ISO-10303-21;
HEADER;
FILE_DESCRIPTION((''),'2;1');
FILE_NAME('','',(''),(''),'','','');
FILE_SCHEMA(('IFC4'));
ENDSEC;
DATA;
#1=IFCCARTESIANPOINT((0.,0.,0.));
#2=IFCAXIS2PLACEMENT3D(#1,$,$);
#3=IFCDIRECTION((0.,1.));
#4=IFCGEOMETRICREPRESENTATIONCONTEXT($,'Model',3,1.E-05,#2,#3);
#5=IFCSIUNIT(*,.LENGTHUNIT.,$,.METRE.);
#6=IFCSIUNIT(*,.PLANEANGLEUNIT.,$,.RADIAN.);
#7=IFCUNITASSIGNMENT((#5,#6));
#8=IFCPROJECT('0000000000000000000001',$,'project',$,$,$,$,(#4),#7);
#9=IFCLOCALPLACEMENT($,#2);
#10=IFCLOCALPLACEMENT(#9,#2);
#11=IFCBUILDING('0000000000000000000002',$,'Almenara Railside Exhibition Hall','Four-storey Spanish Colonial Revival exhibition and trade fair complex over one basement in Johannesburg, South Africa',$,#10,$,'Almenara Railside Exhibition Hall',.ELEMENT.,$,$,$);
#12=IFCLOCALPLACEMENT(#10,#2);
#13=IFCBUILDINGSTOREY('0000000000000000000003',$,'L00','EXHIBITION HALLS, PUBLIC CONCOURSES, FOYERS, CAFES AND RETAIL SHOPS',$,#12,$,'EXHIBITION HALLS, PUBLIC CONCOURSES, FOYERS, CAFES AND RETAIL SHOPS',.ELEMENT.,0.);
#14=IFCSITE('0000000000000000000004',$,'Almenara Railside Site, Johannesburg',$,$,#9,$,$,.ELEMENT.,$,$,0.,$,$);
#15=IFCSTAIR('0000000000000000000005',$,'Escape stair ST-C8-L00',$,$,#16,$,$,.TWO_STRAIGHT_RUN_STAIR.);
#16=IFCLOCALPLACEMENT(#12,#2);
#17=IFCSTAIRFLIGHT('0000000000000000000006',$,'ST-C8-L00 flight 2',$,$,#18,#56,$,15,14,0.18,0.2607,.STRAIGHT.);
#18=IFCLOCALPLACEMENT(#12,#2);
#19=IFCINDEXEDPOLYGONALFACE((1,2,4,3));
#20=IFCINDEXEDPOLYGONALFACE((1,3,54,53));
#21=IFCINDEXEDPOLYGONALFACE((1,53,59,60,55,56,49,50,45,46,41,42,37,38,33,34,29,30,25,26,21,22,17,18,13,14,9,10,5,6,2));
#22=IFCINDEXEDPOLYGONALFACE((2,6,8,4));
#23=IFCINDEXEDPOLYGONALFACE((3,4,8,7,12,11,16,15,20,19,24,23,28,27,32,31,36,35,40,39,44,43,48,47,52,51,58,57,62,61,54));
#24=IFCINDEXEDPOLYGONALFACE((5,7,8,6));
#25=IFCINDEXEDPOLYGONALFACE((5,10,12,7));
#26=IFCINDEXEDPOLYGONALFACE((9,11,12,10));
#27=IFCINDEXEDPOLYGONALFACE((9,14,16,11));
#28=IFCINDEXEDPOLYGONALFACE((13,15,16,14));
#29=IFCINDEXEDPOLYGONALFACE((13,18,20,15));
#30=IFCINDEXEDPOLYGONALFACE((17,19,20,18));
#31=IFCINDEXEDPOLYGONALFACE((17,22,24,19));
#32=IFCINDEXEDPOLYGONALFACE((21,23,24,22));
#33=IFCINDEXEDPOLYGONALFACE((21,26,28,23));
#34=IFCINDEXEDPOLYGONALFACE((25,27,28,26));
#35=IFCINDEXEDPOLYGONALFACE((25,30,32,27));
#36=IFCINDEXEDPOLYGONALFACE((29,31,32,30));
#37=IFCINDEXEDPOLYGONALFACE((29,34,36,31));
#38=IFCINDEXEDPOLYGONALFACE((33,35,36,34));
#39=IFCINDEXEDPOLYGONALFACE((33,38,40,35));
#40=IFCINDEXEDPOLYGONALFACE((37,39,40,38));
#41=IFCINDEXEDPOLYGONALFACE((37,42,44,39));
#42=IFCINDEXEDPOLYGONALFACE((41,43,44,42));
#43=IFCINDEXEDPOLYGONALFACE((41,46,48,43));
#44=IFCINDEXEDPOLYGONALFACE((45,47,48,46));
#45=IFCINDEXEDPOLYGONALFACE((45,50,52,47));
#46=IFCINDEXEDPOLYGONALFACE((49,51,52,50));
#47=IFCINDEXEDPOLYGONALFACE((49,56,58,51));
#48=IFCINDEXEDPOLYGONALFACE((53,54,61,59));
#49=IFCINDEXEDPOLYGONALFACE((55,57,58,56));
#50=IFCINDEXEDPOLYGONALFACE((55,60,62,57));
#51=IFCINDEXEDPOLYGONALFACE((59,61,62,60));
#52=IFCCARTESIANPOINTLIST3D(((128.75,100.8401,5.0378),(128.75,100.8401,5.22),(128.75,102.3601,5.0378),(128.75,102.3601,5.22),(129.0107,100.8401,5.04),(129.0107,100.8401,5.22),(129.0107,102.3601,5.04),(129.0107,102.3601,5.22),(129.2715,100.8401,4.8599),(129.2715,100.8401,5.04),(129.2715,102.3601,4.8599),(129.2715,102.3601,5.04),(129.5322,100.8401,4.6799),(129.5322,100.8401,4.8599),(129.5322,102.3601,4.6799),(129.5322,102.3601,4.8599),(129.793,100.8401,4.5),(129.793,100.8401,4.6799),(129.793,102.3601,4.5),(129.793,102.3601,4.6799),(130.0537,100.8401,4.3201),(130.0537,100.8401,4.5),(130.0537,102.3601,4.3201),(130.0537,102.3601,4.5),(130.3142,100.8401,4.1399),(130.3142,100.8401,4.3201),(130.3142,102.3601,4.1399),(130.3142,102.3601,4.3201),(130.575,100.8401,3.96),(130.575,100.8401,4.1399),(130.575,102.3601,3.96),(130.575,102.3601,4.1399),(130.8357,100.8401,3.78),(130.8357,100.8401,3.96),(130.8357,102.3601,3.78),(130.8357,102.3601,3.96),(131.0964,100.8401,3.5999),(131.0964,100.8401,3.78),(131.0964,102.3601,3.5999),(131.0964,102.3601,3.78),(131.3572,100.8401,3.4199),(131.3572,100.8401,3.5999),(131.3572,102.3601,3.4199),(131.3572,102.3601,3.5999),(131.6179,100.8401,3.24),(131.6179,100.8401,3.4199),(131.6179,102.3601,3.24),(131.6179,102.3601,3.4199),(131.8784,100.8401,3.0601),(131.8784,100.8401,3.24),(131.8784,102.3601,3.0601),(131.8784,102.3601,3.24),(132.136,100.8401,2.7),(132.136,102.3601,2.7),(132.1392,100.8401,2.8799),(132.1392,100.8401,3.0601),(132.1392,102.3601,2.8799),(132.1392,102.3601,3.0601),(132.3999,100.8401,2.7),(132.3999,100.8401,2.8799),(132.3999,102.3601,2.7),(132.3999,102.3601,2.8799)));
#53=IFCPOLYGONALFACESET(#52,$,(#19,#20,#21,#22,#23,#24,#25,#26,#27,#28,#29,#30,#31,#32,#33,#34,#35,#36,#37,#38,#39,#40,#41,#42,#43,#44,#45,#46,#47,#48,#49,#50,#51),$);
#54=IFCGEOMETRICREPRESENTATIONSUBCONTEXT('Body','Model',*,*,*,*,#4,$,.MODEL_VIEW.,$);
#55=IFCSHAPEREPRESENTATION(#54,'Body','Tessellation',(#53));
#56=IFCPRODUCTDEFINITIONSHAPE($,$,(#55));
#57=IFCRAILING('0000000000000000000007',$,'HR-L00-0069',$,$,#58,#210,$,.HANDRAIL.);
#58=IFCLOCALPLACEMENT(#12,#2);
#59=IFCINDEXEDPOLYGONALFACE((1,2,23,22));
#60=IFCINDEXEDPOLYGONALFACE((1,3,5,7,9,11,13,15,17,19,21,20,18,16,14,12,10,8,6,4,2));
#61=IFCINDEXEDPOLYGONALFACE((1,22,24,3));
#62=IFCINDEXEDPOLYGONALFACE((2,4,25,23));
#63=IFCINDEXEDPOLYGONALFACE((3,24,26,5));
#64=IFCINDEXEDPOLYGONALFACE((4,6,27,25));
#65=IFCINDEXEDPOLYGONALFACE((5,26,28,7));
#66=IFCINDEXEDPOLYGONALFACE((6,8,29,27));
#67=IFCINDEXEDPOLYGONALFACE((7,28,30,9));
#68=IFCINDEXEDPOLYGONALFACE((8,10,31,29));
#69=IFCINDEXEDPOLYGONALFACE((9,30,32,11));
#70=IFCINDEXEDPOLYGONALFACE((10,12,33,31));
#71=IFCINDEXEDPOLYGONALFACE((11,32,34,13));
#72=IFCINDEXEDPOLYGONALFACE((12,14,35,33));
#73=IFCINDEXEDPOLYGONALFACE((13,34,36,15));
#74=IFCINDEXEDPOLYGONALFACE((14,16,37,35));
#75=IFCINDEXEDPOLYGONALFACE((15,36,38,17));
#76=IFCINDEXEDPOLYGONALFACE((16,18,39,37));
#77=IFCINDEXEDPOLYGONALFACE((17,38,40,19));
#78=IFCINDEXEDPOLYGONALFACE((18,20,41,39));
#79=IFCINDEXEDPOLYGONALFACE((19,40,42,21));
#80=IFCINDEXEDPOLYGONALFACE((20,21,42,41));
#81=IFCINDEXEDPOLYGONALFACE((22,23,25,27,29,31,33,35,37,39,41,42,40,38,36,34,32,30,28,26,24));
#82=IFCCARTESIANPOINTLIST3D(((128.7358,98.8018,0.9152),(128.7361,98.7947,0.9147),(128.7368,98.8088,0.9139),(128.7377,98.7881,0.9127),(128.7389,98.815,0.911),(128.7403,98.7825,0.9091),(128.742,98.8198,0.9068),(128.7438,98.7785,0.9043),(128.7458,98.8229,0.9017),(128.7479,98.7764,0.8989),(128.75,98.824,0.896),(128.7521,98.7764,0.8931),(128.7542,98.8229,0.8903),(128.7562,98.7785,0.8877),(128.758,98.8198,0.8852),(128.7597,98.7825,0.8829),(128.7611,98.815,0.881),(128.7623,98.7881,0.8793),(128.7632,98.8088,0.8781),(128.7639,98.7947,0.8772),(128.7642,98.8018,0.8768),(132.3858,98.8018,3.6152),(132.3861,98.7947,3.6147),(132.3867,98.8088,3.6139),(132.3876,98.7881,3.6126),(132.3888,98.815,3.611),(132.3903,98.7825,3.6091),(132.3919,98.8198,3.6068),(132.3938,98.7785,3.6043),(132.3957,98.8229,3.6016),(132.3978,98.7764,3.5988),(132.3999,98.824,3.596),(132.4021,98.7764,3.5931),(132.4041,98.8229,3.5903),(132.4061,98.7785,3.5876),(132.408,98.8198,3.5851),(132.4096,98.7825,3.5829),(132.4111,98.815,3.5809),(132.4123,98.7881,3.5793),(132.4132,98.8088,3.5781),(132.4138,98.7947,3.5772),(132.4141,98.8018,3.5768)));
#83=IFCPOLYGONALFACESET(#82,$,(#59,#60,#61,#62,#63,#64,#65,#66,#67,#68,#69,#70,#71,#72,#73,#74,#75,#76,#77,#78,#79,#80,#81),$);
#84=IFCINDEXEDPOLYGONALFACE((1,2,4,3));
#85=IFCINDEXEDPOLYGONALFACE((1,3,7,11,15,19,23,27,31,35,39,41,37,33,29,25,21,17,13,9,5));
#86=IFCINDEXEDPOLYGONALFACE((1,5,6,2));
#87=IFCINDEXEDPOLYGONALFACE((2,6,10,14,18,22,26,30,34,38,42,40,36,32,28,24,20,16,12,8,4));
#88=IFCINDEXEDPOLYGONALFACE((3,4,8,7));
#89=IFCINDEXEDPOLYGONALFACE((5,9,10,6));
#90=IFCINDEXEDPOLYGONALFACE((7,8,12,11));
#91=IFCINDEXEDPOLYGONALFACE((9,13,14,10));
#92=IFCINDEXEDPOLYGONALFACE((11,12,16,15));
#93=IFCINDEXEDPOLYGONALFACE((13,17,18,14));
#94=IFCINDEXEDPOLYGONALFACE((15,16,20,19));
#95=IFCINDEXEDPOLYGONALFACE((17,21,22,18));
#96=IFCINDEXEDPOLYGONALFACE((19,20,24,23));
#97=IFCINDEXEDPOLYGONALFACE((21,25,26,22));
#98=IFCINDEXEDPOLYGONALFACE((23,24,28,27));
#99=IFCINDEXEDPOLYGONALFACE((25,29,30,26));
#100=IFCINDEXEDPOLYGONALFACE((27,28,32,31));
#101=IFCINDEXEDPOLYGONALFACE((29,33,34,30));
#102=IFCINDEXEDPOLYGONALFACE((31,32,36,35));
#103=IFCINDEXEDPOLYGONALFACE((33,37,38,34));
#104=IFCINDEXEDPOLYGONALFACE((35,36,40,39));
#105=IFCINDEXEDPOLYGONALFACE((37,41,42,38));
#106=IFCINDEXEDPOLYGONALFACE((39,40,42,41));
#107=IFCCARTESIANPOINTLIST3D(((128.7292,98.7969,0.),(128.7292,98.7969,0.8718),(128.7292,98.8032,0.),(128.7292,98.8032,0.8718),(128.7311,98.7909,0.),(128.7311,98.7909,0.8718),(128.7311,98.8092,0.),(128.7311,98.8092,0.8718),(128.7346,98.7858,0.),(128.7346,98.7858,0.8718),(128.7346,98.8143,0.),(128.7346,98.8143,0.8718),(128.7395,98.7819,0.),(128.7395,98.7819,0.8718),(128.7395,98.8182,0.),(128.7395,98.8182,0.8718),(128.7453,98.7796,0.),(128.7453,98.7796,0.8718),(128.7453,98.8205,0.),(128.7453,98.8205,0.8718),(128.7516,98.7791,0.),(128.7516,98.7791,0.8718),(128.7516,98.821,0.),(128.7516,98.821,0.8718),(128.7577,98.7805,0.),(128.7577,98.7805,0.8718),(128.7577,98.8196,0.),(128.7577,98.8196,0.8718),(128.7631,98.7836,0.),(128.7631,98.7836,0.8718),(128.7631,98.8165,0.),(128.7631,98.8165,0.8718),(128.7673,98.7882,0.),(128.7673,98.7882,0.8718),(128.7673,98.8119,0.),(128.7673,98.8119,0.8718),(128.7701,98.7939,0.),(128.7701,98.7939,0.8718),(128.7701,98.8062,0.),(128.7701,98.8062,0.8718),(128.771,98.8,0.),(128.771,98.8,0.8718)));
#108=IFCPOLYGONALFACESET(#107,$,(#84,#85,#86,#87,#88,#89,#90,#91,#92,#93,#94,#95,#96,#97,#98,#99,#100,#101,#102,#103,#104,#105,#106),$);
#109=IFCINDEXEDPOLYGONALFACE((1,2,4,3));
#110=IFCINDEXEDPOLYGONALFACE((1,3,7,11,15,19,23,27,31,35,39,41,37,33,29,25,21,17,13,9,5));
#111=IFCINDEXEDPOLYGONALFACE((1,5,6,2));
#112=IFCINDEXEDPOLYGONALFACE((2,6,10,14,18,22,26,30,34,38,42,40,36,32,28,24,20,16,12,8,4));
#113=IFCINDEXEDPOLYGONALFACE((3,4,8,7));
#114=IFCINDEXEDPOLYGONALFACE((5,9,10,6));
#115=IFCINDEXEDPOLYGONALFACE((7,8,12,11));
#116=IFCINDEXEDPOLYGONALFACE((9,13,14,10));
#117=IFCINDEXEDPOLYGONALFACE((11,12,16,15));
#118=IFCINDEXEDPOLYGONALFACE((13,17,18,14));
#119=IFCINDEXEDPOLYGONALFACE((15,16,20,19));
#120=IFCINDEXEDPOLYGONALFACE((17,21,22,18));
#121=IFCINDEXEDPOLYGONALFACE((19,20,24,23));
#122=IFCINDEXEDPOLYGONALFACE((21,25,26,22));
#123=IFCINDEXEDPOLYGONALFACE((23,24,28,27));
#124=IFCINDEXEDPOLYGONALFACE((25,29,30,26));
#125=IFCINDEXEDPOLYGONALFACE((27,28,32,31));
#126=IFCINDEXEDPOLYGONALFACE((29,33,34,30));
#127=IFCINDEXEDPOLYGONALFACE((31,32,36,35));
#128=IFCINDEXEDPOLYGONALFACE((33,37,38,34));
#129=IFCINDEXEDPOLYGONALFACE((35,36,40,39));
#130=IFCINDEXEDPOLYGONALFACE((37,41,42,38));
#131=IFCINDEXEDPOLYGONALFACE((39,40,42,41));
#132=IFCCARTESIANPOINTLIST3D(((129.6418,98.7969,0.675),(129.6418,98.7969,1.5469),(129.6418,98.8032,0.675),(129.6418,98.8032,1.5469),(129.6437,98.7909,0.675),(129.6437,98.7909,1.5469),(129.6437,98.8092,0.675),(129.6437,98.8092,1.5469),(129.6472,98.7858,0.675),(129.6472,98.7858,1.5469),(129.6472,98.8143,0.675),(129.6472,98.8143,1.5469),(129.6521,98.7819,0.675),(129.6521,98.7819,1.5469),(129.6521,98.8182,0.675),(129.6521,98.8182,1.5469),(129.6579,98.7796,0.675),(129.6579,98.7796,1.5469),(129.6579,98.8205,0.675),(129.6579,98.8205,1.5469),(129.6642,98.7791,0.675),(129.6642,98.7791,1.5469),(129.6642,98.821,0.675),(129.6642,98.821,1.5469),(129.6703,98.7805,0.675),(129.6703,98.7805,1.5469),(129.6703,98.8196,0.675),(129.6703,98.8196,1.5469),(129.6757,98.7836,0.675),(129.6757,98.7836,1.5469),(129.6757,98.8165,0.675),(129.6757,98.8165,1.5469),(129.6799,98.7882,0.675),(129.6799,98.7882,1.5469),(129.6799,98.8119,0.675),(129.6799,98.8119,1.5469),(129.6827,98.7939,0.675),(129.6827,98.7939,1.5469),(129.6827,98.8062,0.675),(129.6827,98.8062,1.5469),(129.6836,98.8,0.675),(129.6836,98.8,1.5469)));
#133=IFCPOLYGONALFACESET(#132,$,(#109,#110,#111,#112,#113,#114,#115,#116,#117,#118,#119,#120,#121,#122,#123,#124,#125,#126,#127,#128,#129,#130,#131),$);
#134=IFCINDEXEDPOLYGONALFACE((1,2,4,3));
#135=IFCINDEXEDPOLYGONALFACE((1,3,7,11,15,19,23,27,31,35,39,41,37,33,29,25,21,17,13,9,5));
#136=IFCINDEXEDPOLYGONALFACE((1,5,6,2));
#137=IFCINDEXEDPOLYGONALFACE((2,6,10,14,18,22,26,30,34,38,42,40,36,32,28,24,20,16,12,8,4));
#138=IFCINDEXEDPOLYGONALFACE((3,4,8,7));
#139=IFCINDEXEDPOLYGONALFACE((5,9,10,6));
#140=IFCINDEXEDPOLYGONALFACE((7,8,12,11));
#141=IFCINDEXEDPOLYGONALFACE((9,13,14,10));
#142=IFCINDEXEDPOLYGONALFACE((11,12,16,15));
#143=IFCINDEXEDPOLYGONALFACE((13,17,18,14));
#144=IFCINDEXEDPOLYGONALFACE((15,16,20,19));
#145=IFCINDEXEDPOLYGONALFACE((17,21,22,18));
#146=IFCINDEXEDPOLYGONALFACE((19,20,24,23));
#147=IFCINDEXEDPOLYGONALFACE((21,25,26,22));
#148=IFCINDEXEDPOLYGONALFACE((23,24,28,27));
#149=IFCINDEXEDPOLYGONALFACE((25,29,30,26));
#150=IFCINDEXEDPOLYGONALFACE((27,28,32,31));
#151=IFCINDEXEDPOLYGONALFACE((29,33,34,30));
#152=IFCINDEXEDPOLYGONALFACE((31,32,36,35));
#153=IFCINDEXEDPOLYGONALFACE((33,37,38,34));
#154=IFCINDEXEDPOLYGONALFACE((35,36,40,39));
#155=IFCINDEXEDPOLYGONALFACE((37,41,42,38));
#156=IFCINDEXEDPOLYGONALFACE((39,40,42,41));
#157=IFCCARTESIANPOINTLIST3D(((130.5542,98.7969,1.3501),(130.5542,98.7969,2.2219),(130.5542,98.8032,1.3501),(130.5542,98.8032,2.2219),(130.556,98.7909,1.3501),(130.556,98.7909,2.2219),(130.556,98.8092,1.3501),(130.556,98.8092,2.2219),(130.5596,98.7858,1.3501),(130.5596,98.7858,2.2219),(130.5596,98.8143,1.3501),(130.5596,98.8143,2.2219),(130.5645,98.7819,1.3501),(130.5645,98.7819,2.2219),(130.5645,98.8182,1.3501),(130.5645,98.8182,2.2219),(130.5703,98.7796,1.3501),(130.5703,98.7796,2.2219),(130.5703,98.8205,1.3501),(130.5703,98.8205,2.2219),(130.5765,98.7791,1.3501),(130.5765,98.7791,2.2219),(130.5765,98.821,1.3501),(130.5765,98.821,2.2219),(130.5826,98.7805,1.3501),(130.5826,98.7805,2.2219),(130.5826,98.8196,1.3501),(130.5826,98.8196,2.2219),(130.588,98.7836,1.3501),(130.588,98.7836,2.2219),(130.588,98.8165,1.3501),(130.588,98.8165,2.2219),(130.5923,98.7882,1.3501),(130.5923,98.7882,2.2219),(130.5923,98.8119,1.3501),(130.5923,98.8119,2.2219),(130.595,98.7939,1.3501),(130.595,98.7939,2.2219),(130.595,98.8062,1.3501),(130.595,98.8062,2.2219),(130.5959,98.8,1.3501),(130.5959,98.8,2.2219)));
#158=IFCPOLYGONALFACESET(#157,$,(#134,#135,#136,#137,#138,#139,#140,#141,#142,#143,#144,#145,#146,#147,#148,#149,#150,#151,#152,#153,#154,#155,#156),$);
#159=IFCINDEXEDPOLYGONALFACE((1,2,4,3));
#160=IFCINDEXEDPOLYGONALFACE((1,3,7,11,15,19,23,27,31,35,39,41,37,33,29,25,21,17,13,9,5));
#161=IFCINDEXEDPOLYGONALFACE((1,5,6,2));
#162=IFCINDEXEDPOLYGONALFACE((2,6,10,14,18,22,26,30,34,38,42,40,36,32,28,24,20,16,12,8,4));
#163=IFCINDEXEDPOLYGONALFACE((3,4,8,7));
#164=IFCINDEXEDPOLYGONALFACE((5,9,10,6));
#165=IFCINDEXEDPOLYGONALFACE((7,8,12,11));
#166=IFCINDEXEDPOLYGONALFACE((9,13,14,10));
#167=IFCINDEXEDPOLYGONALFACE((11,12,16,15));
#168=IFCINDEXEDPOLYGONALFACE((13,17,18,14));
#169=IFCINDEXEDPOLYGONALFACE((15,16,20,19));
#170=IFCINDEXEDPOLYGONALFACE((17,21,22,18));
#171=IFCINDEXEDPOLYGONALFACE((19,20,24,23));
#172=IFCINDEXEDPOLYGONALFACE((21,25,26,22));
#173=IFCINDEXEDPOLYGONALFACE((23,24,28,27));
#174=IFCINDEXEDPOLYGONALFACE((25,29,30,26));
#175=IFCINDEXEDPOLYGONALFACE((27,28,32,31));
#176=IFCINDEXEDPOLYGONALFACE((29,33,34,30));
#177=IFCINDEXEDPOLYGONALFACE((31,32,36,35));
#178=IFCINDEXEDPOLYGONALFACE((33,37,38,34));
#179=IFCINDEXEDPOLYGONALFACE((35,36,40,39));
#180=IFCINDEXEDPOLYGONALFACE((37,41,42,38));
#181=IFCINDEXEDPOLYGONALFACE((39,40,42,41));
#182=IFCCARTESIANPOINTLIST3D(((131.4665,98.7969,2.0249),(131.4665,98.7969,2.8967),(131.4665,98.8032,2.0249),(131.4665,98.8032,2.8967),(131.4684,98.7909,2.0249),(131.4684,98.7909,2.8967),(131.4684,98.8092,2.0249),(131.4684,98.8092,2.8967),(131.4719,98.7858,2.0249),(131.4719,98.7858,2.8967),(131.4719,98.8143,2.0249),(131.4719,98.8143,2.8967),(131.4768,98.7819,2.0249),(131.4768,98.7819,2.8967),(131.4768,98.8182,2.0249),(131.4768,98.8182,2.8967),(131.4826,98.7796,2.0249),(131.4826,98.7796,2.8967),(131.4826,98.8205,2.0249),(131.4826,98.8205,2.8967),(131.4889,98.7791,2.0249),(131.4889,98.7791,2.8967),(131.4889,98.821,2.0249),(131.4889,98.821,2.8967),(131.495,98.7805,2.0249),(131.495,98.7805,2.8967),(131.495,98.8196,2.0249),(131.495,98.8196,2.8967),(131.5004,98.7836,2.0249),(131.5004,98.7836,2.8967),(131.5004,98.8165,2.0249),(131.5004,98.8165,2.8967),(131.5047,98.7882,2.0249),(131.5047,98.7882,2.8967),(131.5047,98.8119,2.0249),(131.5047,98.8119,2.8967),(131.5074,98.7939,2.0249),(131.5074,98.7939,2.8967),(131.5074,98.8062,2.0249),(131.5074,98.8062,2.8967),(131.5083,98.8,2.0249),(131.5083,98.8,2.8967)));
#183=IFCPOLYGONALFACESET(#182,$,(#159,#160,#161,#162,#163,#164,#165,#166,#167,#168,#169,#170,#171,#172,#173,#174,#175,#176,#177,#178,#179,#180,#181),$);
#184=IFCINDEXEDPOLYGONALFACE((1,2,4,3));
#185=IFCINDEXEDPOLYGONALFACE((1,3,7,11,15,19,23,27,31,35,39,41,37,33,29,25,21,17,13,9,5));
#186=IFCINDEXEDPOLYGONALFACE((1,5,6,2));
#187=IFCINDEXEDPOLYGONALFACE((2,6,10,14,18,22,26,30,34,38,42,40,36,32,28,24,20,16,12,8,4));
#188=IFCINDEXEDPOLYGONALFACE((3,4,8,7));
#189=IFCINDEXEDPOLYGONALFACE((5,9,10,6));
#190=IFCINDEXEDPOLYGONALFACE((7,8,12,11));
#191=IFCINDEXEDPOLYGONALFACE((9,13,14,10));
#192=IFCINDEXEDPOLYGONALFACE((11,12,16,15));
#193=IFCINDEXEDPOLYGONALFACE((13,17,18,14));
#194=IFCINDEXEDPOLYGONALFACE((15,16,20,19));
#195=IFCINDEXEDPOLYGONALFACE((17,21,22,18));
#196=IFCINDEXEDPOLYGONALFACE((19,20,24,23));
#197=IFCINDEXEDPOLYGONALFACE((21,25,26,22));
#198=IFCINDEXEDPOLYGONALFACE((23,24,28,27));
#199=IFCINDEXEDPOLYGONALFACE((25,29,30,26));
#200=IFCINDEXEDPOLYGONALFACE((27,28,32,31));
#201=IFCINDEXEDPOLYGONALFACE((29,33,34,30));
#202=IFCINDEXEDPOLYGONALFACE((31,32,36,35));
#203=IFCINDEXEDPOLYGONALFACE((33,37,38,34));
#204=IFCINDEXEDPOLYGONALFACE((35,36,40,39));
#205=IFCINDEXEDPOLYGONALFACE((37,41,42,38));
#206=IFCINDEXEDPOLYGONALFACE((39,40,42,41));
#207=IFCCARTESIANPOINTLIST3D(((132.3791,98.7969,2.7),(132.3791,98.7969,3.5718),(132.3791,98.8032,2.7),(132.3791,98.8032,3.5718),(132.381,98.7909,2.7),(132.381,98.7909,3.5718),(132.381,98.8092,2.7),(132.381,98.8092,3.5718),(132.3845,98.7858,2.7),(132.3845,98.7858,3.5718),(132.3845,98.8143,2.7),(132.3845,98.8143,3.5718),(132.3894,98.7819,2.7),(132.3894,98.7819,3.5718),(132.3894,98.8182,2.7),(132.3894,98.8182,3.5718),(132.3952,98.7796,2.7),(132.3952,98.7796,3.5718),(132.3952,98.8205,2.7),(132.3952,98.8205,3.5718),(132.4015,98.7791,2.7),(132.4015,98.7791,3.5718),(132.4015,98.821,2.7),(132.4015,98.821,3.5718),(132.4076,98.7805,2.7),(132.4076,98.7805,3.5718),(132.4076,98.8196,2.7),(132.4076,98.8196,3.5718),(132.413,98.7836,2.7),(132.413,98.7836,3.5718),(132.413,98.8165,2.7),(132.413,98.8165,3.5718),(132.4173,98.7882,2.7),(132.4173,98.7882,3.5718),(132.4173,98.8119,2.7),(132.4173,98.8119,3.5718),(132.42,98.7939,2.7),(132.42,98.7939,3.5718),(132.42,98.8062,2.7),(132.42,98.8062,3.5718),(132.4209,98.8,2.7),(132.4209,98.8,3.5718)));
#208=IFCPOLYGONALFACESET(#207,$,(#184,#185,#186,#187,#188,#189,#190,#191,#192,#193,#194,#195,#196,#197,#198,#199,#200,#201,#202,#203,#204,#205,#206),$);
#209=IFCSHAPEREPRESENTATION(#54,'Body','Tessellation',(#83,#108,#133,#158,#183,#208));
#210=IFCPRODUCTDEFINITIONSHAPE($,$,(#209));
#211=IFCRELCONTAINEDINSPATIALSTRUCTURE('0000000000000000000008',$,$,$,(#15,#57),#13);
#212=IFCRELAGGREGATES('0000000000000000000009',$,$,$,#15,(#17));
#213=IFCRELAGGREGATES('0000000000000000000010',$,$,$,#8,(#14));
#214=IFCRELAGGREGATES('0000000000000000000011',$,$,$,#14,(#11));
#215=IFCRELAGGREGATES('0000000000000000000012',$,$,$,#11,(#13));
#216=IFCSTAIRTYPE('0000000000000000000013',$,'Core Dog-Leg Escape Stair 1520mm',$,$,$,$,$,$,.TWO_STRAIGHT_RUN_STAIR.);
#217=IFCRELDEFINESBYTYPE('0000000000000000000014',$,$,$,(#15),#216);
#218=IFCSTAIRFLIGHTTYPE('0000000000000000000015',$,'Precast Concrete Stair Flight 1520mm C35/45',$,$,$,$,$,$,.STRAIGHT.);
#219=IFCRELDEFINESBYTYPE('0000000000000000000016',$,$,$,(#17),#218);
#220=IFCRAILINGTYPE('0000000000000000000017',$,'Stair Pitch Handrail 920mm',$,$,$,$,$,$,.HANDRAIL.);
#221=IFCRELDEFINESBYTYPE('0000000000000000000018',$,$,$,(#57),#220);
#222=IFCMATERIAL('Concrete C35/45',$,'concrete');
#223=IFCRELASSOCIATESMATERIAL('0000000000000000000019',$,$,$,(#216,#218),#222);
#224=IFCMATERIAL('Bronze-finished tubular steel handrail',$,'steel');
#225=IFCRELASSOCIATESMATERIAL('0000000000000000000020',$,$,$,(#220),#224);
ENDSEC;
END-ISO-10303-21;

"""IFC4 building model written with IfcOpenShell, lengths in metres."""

from ifc_helpers import new_model, si_unit, direction, frame, origin, origin_2d, place, context, subcontext, project, spatial, polyline, circle, outline, extrude, material, type_object, element, aggregate, save


model = new_model("IFC4")

# Units and contexts
model_context = context("Model", 3, precision=1e-05, world=origin(), true_north=direction((0.0, 1.0)))
body_context = subcontext(model_context, "Body", "Model", "MODEL_VIEW")
ifc_project = project(units=[si_unit("LENGTHUNIT", "METRE"), si_unit("PLANEANGLEUNIT", "RADIAN")], contexts=[model_context])

# Site, building, storey
site_placement = place(None, origin())
site = spatial("IfcSite", under=ifc_project, at=site_placement, Name="Almenara Railside Site, Johannesburg", CompositionType="ELEMENT", RefElevation=0.0)
building_placement = place(site_placement, origin())
building = spatial("IfcBuilding", under=site, at=building_placement, Name="Almenara Railside Exhibition Hall", Description="Four-storey Spanish Colonial Revival exhibition and trade fair complex over one basement in Johannesburg, South Africa", LongName="Almenara Railside Exhibition Hall", CompositionType="ELEMENT")
storey_placement = place(building_placement, origin())
storey = spatial("IfcBuildingStorey", under=building, at=storey_placement, Name="L00", Description="EXHIBITION HALLS, PUBLIC CONCOURSES, FOYERS, CAFES AND RETAIL SHOPS", LongName="EXHIBITION HALLS, PUBLIC CONCOURSES, FOYERS, CAFES AND RETAIL SHOPS", CompositionType="ELEMENT", Elevation=0.0)

# Shared definitions
ifc_material_1 = material(Name="Concrete C35/45", Category="concrete")

# Stair, stair flight
stair_type = type_object("IfcStairType", Name="Core Dog-Leg Escape Stair 1520mm", PredefinedType="TWO_STRAIGHT_RUN_STAIR", material=ifc_material_1)
stair_placement = place(storey_placement, origin())
stair = element("IfcStair", 1, at=stair_placement, inside=storey, type_object=stair_type, Name="Escape stair ST-C8-L00", PredefinedType="TWO_STRAIGHT_RUN_STAIR")
stair_flight_type = type_object("IfcStairFlightType", Name="Precast Concrete Stair Flight 1520mm C35/45", PredefinedType="STRAIGHT", material=ifc_material_1)
stair_flight_1_placement = place(storey_placement, frame((132.3999, 101.6001, 2.7), z_axis=(0.0, 0.0, 1.0), x_axis=(-1.0, 0.0, 0.0)))
stair_flight_1 = element("IfcStairFlight", 2, at=stair_flight_1_placement, type_object=stair_flight_type, Name="ST-C8-L00 flight 2", NumberOfRisers=15, NumberOfTreads=14, PredefinedType="STRAIGHT", RiserHeight=0.18, TreadLength=0.2607, context=body_context, shape_type="SweptSolid", body=[
    extrude(outline(polyline([(0.0, 0.0), (0.0, 0.1799), (0.2607, 0.1799), (0.2607, 0.3601), (0.5215, 0.3601), (0.5215, 0.54), (0.782, 0.54), (0.782, 0.72), (1.0427, 0.72), (1.0427, 0.8999), (1.3035, 0.8999), (1.3035, 1.0801), (1.5642, 1.0801), (1.5642, 1.26), (1.825, 1.26), (1.825, 1.4399), (2.0857, 1.4399), (2.0857, 1.6201), (2.3462, 1.6201), (2.3462, 1.8), (2.6069, 1.8), (2.6069, 1.98), (2.8677, 1.98), (2.8677, 2.1599), (3.1284, 2.1599), (3.1284, 2.3401), (3.3892, 2.3401), (3.3892, 2.52), (3.6499, 2.52), (3.6499, 2.7), (3.6499, 2.3379), (0.2639, 0.0), (0.0, 0.0)])), frame((0.0, 0.76, 0.0), z_axis=(0.0, -1.0, 0.0), x_axis=(1.0, 0.0, 0.0)), (0.0, 0.0, 1.0), 1.52),
])
aggregate(stair, [stair_flight_1])

# Railing
ifc_material_2 = material(Name="Bronze-finished tubular steel handrail", Category="steel")
railing_type_1 = type_object("IfcRailingType", Name="Stair Pitch Handrail 920mm", PredefinedType="HANDRAIL", material=ifc_material_2)
railing_1_placement = place(storey_placement, frame((128.75, 98.8, 0.0)))
element("IfcRailing", 3, at=railing_1_placement, inside=storey, type_object=railing_type_1, Name="HR-L00-0069", PredefinedType="HANDRAIL", context=body_context, shape_type="SweptSolid", body=[
    extrude(circle(Radius=0.0239, at=origin_2d()), frame((0.0, 0.0, 0.896), z_axis=(0.803945, 0.0, 0.594704), x_axis=(0.0, 1.0, 0.0)), (0.0, 0.0, 1.0), 4.54),
    extrude(circle(Radius=0.021, at=origin_2d()), origin(), (0.0, 0.0, 1.0), 0.8718),
    extrude(circle(Radius=0.021, at=origin_2d()), frame((0.9126, 0.0, 0.675)), (0.0, 0.0, 1.0), 0.8718),
    extrude(circle(Radius=0.021, at=origin_2d()), frame((1.825, 0.0, 1.3501)), (0.0, 0.0, 1.0), 0.8718),
    extrude(circle(Radius=0.021, at=origin_2d()), frame((2.7373, 0.0, 2.0249)), (0.0, 0.0, 1.0), 0.8718),
    extrude(circle(Radius=0.021, at=origin_2d()), frame((3.6499, 0.0, 2.7)), (0.0, 0.0, 1.0), 0.8718),
])

save(model, "model.ifc")
